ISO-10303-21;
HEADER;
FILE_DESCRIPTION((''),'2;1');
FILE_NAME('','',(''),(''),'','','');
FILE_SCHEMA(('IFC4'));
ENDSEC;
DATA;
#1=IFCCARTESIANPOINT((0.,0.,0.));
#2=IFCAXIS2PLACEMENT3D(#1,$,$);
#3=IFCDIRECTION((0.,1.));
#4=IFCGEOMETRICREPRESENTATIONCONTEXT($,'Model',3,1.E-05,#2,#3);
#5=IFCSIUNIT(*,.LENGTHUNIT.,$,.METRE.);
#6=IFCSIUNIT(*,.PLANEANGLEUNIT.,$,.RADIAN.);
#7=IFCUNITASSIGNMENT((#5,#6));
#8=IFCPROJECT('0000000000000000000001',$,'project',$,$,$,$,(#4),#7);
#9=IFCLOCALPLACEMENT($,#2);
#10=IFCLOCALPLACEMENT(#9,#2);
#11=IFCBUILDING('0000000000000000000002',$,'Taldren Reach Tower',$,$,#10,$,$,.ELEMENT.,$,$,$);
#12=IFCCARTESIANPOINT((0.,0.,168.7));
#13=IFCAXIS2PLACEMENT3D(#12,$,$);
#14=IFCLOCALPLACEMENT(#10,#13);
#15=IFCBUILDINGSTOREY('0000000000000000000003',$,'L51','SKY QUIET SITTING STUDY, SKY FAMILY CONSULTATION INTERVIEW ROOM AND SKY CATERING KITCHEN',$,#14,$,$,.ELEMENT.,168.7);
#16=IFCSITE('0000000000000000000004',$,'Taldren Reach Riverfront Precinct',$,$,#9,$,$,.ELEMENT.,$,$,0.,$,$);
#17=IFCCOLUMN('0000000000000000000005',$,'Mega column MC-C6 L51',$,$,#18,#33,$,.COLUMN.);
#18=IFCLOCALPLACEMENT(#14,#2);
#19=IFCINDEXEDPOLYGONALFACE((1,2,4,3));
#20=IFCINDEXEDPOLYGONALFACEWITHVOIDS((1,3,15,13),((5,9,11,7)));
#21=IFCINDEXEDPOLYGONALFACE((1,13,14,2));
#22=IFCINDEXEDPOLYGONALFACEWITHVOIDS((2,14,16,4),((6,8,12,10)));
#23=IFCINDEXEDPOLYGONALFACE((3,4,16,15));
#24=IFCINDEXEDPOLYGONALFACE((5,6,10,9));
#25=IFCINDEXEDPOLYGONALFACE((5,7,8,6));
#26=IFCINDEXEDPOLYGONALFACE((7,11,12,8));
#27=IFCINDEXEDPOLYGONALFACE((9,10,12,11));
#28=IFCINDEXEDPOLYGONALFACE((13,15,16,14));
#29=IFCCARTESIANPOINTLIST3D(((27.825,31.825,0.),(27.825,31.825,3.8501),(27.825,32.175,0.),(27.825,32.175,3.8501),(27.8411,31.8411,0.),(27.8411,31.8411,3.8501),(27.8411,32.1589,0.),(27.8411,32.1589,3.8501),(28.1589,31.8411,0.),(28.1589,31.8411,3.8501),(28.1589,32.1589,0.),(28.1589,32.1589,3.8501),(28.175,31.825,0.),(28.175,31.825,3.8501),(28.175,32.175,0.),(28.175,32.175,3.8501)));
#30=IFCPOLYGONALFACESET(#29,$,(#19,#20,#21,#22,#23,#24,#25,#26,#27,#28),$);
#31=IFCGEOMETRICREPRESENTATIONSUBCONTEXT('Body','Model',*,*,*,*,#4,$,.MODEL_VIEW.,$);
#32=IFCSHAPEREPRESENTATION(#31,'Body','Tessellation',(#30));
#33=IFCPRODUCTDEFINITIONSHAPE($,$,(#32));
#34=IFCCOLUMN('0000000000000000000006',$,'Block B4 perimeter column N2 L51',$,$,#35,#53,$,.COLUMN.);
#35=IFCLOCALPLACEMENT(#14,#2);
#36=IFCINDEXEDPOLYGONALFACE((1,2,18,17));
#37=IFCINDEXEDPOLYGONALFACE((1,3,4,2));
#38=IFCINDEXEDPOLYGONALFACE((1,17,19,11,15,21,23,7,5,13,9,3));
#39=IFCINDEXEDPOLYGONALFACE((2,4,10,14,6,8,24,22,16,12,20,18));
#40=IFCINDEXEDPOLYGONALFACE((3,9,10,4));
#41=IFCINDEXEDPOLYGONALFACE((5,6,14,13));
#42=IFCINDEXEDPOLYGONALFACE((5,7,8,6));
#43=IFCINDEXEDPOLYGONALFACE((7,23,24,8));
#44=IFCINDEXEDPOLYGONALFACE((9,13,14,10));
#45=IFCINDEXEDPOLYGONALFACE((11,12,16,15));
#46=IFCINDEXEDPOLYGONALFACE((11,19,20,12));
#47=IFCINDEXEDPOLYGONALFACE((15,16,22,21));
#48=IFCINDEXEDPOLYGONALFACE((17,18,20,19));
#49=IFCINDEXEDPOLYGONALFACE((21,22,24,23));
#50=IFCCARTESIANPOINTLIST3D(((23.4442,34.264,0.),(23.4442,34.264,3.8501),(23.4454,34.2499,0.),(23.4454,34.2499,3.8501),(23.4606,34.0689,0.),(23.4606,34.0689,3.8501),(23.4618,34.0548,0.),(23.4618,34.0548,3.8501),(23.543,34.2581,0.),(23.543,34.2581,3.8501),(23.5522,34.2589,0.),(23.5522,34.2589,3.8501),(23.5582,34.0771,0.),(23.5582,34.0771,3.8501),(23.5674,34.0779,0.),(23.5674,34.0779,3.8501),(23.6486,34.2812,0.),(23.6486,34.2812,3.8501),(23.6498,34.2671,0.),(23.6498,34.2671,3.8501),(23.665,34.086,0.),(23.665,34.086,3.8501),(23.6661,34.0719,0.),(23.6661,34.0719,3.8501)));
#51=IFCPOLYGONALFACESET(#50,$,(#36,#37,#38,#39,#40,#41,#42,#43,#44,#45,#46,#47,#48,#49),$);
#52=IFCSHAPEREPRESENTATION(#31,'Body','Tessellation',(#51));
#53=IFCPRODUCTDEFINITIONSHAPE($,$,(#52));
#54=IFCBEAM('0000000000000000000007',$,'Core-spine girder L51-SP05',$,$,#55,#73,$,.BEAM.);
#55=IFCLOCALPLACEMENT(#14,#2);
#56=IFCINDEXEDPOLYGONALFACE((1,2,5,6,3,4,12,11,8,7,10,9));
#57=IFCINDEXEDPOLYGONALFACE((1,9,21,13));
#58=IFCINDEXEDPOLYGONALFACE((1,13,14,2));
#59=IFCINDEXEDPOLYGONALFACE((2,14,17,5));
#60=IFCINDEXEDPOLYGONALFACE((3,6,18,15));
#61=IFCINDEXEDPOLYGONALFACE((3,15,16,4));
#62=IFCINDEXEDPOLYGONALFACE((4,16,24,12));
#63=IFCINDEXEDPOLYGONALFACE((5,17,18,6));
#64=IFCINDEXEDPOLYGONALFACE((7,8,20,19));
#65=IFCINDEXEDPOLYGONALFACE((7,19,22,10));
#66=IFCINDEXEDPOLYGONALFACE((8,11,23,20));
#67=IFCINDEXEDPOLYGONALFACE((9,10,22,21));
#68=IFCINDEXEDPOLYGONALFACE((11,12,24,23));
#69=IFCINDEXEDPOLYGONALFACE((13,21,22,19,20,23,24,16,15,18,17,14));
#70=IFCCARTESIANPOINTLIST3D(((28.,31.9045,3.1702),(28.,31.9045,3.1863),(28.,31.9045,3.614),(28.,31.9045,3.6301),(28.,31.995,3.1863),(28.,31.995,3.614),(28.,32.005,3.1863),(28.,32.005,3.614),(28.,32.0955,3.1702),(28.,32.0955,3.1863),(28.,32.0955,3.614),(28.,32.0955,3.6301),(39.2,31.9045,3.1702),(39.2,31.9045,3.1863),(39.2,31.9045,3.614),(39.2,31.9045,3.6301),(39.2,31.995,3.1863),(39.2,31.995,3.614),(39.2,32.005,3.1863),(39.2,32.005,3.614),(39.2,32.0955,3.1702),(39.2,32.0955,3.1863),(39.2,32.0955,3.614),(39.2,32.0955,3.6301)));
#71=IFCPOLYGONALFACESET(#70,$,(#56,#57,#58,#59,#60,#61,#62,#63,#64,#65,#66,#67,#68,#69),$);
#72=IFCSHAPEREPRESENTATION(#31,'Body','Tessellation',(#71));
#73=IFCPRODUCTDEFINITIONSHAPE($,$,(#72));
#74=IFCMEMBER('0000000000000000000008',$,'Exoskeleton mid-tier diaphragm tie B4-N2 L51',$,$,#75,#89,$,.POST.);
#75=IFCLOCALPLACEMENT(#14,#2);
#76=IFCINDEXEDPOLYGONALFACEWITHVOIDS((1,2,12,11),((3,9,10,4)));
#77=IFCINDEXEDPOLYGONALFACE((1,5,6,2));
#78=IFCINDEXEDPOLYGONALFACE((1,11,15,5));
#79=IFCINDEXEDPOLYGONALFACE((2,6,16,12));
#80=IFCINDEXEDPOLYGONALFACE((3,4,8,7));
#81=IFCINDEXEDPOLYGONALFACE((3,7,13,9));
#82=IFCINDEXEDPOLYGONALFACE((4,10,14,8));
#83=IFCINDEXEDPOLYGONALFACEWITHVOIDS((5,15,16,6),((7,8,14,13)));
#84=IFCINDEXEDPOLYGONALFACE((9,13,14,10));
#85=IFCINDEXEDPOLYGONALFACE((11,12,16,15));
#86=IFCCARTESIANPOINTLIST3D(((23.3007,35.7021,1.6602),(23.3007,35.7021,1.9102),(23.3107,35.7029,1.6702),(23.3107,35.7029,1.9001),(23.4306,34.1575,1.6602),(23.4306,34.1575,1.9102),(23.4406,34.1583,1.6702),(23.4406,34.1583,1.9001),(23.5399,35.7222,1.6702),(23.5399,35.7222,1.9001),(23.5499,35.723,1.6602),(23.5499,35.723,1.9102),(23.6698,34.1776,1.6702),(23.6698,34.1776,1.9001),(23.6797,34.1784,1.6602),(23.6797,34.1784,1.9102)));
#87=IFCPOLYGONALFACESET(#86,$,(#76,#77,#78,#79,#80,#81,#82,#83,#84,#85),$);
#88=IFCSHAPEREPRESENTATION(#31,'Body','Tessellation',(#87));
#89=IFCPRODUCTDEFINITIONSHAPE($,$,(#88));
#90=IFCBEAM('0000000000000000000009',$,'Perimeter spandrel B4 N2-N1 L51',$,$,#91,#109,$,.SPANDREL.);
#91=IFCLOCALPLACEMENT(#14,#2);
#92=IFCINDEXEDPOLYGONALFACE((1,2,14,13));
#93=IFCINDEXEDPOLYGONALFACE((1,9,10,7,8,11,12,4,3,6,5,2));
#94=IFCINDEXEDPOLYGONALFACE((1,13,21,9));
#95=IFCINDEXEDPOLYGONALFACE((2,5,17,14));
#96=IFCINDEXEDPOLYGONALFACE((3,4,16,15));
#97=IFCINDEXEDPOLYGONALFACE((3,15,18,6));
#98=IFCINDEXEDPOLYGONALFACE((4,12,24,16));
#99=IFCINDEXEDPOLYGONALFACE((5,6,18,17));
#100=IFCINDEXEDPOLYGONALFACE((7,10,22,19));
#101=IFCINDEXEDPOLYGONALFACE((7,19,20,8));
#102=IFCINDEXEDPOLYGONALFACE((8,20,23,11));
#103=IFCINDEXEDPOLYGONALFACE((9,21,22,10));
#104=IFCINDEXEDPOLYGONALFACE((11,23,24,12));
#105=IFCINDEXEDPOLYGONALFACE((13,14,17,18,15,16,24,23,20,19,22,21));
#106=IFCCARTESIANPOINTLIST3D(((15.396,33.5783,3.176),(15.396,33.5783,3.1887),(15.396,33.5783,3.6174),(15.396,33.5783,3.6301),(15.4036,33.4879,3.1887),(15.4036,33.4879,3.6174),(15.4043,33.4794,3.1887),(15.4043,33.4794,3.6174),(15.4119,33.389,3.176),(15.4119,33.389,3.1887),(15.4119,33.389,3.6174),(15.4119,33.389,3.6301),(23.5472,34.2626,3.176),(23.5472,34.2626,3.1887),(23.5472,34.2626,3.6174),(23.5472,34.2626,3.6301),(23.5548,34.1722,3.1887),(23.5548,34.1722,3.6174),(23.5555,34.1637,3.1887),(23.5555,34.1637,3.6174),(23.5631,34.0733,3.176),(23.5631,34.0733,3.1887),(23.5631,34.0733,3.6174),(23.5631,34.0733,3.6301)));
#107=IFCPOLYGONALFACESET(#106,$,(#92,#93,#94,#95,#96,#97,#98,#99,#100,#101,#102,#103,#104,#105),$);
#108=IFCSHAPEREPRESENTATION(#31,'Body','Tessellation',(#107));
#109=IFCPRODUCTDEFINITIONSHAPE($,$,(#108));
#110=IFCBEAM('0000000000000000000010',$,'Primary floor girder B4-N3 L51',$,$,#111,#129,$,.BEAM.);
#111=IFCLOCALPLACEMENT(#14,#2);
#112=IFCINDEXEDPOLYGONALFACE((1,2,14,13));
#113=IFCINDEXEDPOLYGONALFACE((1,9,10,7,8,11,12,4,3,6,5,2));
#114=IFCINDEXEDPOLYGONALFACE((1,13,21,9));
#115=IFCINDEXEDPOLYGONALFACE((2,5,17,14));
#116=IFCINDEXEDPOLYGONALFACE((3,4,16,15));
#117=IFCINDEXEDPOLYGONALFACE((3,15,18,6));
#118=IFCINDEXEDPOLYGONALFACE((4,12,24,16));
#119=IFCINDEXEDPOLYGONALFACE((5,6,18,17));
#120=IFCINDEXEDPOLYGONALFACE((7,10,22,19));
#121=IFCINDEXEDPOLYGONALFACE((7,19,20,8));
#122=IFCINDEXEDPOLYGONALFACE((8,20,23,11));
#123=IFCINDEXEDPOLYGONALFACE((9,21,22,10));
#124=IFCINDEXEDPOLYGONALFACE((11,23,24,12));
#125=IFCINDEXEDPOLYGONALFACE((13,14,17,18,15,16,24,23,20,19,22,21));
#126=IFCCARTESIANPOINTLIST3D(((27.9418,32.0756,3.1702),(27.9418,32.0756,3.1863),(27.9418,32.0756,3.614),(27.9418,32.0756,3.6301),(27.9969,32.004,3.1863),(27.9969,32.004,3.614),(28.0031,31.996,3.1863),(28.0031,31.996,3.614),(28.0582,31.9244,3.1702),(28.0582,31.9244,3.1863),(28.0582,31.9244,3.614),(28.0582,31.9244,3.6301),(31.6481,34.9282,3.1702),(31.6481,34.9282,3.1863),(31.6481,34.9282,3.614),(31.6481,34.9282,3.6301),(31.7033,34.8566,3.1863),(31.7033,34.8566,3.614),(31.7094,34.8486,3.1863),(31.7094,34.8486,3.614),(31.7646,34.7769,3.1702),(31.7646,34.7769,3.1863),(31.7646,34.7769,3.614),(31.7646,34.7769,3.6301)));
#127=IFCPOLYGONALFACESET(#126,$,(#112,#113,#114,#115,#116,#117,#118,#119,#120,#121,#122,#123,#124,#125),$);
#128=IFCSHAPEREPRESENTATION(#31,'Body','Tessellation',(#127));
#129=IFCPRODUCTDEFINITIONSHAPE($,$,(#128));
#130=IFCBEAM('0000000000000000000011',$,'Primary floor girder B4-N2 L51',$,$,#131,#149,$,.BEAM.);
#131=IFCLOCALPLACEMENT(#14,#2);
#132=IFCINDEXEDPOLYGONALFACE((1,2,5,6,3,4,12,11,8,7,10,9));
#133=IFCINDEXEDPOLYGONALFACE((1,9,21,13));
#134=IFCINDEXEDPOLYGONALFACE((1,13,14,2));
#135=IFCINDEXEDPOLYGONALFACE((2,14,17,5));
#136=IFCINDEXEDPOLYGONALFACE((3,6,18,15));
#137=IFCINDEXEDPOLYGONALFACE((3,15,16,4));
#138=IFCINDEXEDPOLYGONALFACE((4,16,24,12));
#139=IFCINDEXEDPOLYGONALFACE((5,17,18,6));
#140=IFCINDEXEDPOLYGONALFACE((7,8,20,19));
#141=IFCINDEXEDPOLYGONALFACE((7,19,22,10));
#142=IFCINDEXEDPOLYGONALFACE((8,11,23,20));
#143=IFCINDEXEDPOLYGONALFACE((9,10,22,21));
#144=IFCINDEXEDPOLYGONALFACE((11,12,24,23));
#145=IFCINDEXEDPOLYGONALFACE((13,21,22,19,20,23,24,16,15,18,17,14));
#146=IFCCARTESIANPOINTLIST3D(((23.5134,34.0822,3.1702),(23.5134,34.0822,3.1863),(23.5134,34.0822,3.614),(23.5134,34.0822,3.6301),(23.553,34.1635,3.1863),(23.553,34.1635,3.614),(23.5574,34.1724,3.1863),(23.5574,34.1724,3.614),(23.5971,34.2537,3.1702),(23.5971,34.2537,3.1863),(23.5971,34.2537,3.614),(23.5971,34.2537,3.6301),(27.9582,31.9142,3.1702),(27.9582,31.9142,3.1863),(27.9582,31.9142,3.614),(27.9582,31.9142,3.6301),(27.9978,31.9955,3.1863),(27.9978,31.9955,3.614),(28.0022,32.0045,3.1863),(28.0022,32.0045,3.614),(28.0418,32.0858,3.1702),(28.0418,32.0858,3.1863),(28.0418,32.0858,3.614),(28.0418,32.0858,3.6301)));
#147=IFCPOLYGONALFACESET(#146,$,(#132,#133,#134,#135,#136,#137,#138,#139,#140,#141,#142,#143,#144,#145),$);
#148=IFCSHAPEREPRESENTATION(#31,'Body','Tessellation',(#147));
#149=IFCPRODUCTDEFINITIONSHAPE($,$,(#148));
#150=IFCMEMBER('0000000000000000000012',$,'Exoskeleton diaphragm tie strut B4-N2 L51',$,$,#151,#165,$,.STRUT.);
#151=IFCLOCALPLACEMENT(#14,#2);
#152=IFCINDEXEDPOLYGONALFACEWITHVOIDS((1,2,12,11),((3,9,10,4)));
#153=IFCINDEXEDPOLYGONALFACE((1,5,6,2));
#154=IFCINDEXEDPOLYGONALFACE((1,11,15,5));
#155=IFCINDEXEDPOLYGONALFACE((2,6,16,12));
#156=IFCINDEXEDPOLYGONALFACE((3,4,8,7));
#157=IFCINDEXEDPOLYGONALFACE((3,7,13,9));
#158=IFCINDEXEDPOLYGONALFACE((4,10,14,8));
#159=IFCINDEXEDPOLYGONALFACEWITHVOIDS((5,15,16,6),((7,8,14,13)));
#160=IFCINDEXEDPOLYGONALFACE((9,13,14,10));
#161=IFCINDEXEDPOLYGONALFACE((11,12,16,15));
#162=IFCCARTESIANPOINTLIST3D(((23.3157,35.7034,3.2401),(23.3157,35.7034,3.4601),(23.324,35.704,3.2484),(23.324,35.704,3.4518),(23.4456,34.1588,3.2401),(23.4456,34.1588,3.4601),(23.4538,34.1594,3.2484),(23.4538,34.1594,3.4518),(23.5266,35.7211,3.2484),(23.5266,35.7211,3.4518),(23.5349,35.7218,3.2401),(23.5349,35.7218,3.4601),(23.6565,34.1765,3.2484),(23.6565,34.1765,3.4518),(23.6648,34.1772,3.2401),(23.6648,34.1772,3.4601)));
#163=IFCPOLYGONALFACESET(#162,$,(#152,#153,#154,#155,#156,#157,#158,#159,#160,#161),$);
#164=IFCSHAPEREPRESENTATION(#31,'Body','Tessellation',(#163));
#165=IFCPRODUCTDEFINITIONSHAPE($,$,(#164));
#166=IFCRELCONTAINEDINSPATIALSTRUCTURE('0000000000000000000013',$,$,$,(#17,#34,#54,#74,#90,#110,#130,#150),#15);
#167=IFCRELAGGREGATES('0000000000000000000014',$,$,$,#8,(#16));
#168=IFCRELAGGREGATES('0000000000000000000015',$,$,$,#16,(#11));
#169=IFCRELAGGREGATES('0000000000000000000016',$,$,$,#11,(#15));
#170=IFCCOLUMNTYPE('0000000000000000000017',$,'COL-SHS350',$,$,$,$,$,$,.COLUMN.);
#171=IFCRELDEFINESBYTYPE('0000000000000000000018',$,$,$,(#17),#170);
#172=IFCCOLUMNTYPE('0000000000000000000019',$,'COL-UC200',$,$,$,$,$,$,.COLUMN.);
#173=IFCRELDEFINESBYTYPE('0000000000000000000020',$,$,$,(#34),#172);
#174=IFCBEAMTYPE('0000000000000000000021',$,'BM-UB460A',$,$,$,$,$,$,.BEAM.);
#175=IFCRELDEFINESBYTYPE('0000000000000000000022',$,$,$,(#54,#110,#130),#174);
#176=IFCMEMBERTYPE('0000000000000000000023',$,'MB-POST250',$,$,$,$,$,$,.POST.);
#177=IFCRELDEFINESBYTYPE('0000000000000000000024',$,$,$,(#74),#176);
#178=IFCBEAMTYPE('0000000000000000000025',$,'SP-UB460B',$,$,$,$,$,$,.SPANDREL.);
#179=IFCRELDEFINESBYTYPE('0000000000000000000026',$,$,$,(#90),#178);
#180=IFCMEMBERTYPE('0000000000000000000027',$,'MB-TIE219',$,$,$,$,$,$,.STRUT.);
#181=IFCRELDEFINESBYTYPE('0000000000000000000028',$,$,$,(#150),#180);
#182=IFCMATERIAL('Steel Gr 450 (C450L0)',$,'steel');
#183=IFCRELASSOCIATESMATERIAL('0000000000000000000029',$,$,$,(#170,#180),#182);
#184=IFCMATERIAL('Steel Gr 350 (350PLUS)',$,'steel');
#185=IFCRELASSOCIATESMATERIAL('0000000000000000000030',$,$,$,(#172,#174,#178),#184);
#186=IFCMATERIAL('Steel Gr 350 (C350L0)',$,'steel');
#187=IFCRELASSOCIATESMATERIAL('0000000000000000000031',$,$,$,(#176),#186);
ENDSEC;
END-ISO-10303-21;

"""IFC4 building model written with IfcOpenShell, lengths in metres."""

from ifc_helpers import new_model, si_unit, direction, frame, origin, origin_2d, place, context, subcontext, project, spatial, hollow_rectangle, i_section, extrude, source, transform, mapped, material, material_profile, profile_set, type_object, element, save


model = new_model("IFC4")

# Units and contexts
model_context = context("Model", 3, precision=1e-05, world=origin(), true_north=direction((0.0, 1.0)))
body_context = subcontext(model_context, "Body", "Model", "MODEL_VIEW")
ifc_project = project(units=[si_unit("LENGTHUNIT", "METRE"), si_unit("PLANEANGLEUNIT", "RADIAN")], contexts=[model_context])

# Site, building, storey
site_placement = place(None, origin())
site = spatial("IfcSite", under=ifc_project, at=site_placement, Name="Taldren Reach Riverfront Precinct", CompositionType="ELEMENT", RefElevation=0.0)
building_placement = place(site_placement, origin())
building = spatial("IfcBuilding", under=site, at=building_placement, Name="Taldren Reach Tower", CompositionType="ELEMENT")
storey_placement = place(building_placement, frame((0.0, 0.0, 168.7)))
storey = spatial("IfcBuildingStorey", under=building, at=storey_placement, Name="L51", Description="SKY QUIET SITTING STUDY, SKY FAMILY CONSULTATION INTERVIEW ROOM AND SKY CATERING KITCHEN", CompositionType="ELEMENT", Elevation=168.7)

# Columns
ifc_material_1 = material(Name="Steel Gr 450 (C450L0)", Category="steel")
ifc_material_profile_1 = material_profile(ifc_material_1, hollow_rectangle(XDim=0.3501, YDim=0.3501, WallThickness=0.0161, at=origin_2d()), Name="350x350x16.0SHS")
ifc_profile_set_1 = profile_set([ifc_material_profile_1], Name="Steel Gr 450 (C450L0)")
column_type_1 = type_object("IfcColumnType", Name="COL-SHS350", PredefinedType="COLUMN", material=ifc_profile_set_1)
shared_shape_1 = source(origin(), body_context, "Body", "SweptSolid", [
    extrude(hollow_rectangle(XDim=0.3501, YDim=0.3501, WallThickness=0.0161, at=origin_2d()), origin(), (0.0, 0.0, 1.0), 3.8501),
])
column_1_placement = place(storey_placement, frame((28.0, 32.0, 0.0), z_axis=(0.0, 0.0, 1.0), x_axis=(1.0, 0.0, 0.0)))
element("IfcColumn", 1, at=column_1_placement, inside=storey, type_object=column_type_1, Name="Mega column MC-C6 L51", PredefinedType="COLUMN", context=body_context, shape_type="MappedRepresentation", body=[
    mapped(shared_shape_1, transform((0.0, 0.0, 0.0), scale=1.0)),
])
ifc_material_2 = material(Name="Steel Gr 350 (350PLUS)", Category="steel")
ifc_material_profile_2 = material_profile(ifc_material_2, i_section(OverallWidth=0.2051, OverallDepth=0.21, WebThickness=0.0093, FlangeThickness=0.0142, at=origin_2d()), Name="200UC59.5")
ifc_profile_set_2 = profile_set([ifc_material_profile_2], Name="Steel Gr 350 (350PLUS)")
column_type_2 = type_object("IfcColumnType", Name="COL-UC200", PredefinedType="COLUMN", material=ifc_profile_set_2)
shared_shape_2 = source(origin(), body_context, "Body", "SweptSolid", [
    extrude(i_section(OverallWidth=0.2051, OverallDepth=0.21, WebThickness=0.0093, FlangeThickness=0.0142, at=origin_2d()), origin(), (0.0, 0.0, 1.0), 3.8501),
])
column_2_placement = place(storey_placement, frame((23.5552, 34.168, 0.0), z_axis=(0.0, 0.0, 1.0), x_axis=(0.996493, 0.083678, 0.0)))
element("IfcColumn", 2, at=column_2_placement, inside=storey, type_object=column_type_2, Name="Block B4 perimeter column N2 L51", PredefinedType="COLUMN", context=body_context, shape_type="MappedRepresentation", body=[
    mapped(shared_shape_2, transform((0.0, 0.0, 0.0), scale=1.0)),
])

# Beam
ifc_material_profile_3 = material_profile(ifc_material_2, i_section(OverallWidth=0.1909, OverallDepth=0.46, WebThickness=0.01, FlangeThickness=0.0161, at=origin_2d()), Name="460UB82.1")
ifc_profile_set_3 = profile_set([ifc_material_profile_3], Name="Steel Gr 350 (350PLUS)")
beam_type_1 = type_object("IfcBeamType", Name="BM-UB460A", PredefinedType="BEAM", material=ifc_profile_set_3)
shared_shape_3 = source(origin(), body_context, "Body", "SweptSolid", [
    extrude(i_section(OverallWidth=0.1909, OverallDepth=0.46, WebThickness=0.01, FlangeThickness=0.0161, at=origin_2d()), origin(), (0.0, 0.0, 1.0), 11.2),
])
beam_1_placement = place(storey_placement, frame((28.0, 32.0, 3.4001), z_axis=(1.0, 0.0, 0.0), x_axis=(0.0, 1.0, 0.0)))
element("IfcBeam", 3, at=beam_1_placement, inside=storey, type_object=beam_type_1, Name="Core-spine girder L51-SP05", PredefinedType="BEAM", context=body_context, shape_type="MappedRepresentation", body=[
    mapped(shared_shape_3, transform((0.0, 0.0, 0.0), scale=1.0)),
])

# Member
ifc_material_3 = material(Name="Steel Gr 350 (C350L0)", Category="steel")
ifc_material_profile_4 = material_profile(ifc_material_3, hollow_rectangle(XDim=0.25, YDim=0.25, WallThickness=0.01, at=origin_2d()), Name="250x250x10.0SHS")
ifc_profile_set_4 = profile_set([ifc_material_profile_4], Name="Steel Gr 350 (C350L0)")
member_type_1 = type_object("IfcMemberType", Name="MB-POST250", PredefinedType="POST", material=ifc_profile_set_4)
shared_shape_4 = source(origin(), body_context, "Body", "SweptSolid", [
    extrude(hollow_rectangle(XDim=0.25, YDim=0.25, WallThickness=0.01, at=origin_2d()), origin(), (0.0, 0.0, 1.0), 1.55),
])
member_placement = place(storey_placement, frame((23.5552, 34.168, 1.7852), z_axis=(-0.083788, 0.996484, 0.0), x_axis=(-0.996484, -0.083788, 0.0)))
element("IfcMember", 4, at=member_placement, inside=storey, type_object=member_type_1, Name="Exoskeleton mid-tier diaphragm tie B4-N2 L51", PredefinedType="POST", context=body_context, shape_type="MappedRepresentation", body=[
    mapped(shared_shape_4, transform((0.0, 0.0, 0.0), scale=1.0)),
])

# Beams
ifc_material_profile_5 = material_profile(ifc_material_2, i_section(OverallWidth=0.1899, OverallDepth=0.4541, WebThickness=0.0085, FlangeThickness=0.0127, at=origin_2d()), Name="460UB67.1")
ifc_profile_set_5 = profile_set([ifc_material_profile_5], Name="Steel Gr 350 (350PLUS)")
beam_type_2 = type_object("IfcBeamType", Name="SP-UB460B", PredefinedType="SPANDREL", material=ifc_profile_set_5)
shared_shape_5 = source(origin(), body_context, "Body", "SweptSolid", [
    extrude(i_section(OverallWidth=0.1899, OverallDepth=0.4541, WebThickness=0.0085, FlangeThickness=0.0127, at=origin_2d()), origin(), (0.0, 0.0, 1.0), 8.1799),
])
beam_2_placement = place(storey_placement, frame((23.5552, 34.168, 3.4031), z_axis=(-0.996495, -0.083658, 0.0), x_axis=(0.083658, -0.996495, 0.0)))
element("IfcBeam", 5, at=beam_2_placement, inside=storey, type_object=beam_type_2, Name="Perimeter spandrel B4 N2-N1 L51", PredefinedType="SPANDREL", context=body_context, shape_type="MappedRepresentation", body=[
    mapped(shared_shape_5, transform((0.0, 0.0, 0.0), scale=1.0)),
])
shared_shape_6 = source(origin(), body_context, "Body", "SweptSolid", [
    extrude(i_section(OverallWidth=0.1909, OverallDepth=0.46, WebThickness=0.01, FlangeThickness=0.0161, at=origin_2d()), origin(), (0.0, 0.0, 1.0), 4.677),
])
beam_3_placement = place(storey_placement, frame((28.0, 32.0, 3.4001), z_axis=(0.792465, 0.609918, 0.0), x_axis=(-0.609918, 0.792465, 0.0)))
element("IfcBeam", 6, at=beam_3_placement, inside=storey, type_object=beam_type_1, Name="Primary floor girder B4-N3 L51", PredefinedType="BEAM", context=body_context, shape_type="MappedRepresentation", body=[
    mapped(shared_shape_6, transform((0.0, 0.0, 0.0), scale=1.0)),
])
shared_shape_7 = source(origin(), body_context, "Body", "SweptSolid", [
    extrude(i_section(OverallWidth=0.1909, OverallDepth=0.46, WebThickness=0.01, FlangeThickness=0.0161, at=origin_2d()), origin(), (0.0, 0.0, 1.0), 4.9453),
])
beam_4_placement = place(storey_placement, frame((28.0, 32.0, 3.4001), z_axis=(-0.898787, 0.438385, 0.0), x_axis=(-0.438385, -0.898787, 0.0)))
element("IfcBeam", 7, at=beam_4_placement, inside=storey, type_object=beam_type_1, Name="Primary floor girder B4-N2 L51", PredefinedType="BEAM", context=body_context, shape_type="MappedRepresentation", body=[
    mapped(shared_shape_7, transform((0.0, 0.0, 0.0), scale=1.0)),
])

# Member
ifc_material_profile_6 = material_profile(ifc_material_1, hollow_rectangle(XDim=0.22, YDim=0.22, WallThickness=0.0083, at=origin_2d()), Name="220x220x8.2SHS")
ifc_profile_set_6 = profile_set([ifc_material_profile_6], Name="Steel Gr 450 (C450L0)")
member_type_2 = type_object("IfcMemberType", Name="MB-TIE219", PredefinedType="STRUT", material=ifc_profile_set_6)
shared_shape_8 = source(origin(), body_context, "Body", "SweptSolid", [
    extrude(hollow_rectangle(XDim=0.22, YDim=0.22, WallThickness=0.0083, at=origin_2d()), origin(), (0.0, 0.0, 1.0), 1.55),
])
for number, where, z_axis, x_axis, name in (
    (8, (23.5552, 34.168, 3.3501), (-0.083788, 0.996484, 0.0), (-0.996484, -0.083788, 0.0), "Exoskeleton diaphragm tie strut B4-N2 L51"),
):
    element("IfcMember", number, at=place(storey_placement, frame(where, z_axis=z_axis, x_axis=x_axis)), inside=storey, type_object=member_type_2, Name=name, PredefinedType="STRUT", context=body_context, shape_type="MappedRepresentation", body=[
        mapped(shared_shape_8, transform((0.0, 0.0, 0.0), scale=1.0)),
    ])

save(model, "model.ifc")
